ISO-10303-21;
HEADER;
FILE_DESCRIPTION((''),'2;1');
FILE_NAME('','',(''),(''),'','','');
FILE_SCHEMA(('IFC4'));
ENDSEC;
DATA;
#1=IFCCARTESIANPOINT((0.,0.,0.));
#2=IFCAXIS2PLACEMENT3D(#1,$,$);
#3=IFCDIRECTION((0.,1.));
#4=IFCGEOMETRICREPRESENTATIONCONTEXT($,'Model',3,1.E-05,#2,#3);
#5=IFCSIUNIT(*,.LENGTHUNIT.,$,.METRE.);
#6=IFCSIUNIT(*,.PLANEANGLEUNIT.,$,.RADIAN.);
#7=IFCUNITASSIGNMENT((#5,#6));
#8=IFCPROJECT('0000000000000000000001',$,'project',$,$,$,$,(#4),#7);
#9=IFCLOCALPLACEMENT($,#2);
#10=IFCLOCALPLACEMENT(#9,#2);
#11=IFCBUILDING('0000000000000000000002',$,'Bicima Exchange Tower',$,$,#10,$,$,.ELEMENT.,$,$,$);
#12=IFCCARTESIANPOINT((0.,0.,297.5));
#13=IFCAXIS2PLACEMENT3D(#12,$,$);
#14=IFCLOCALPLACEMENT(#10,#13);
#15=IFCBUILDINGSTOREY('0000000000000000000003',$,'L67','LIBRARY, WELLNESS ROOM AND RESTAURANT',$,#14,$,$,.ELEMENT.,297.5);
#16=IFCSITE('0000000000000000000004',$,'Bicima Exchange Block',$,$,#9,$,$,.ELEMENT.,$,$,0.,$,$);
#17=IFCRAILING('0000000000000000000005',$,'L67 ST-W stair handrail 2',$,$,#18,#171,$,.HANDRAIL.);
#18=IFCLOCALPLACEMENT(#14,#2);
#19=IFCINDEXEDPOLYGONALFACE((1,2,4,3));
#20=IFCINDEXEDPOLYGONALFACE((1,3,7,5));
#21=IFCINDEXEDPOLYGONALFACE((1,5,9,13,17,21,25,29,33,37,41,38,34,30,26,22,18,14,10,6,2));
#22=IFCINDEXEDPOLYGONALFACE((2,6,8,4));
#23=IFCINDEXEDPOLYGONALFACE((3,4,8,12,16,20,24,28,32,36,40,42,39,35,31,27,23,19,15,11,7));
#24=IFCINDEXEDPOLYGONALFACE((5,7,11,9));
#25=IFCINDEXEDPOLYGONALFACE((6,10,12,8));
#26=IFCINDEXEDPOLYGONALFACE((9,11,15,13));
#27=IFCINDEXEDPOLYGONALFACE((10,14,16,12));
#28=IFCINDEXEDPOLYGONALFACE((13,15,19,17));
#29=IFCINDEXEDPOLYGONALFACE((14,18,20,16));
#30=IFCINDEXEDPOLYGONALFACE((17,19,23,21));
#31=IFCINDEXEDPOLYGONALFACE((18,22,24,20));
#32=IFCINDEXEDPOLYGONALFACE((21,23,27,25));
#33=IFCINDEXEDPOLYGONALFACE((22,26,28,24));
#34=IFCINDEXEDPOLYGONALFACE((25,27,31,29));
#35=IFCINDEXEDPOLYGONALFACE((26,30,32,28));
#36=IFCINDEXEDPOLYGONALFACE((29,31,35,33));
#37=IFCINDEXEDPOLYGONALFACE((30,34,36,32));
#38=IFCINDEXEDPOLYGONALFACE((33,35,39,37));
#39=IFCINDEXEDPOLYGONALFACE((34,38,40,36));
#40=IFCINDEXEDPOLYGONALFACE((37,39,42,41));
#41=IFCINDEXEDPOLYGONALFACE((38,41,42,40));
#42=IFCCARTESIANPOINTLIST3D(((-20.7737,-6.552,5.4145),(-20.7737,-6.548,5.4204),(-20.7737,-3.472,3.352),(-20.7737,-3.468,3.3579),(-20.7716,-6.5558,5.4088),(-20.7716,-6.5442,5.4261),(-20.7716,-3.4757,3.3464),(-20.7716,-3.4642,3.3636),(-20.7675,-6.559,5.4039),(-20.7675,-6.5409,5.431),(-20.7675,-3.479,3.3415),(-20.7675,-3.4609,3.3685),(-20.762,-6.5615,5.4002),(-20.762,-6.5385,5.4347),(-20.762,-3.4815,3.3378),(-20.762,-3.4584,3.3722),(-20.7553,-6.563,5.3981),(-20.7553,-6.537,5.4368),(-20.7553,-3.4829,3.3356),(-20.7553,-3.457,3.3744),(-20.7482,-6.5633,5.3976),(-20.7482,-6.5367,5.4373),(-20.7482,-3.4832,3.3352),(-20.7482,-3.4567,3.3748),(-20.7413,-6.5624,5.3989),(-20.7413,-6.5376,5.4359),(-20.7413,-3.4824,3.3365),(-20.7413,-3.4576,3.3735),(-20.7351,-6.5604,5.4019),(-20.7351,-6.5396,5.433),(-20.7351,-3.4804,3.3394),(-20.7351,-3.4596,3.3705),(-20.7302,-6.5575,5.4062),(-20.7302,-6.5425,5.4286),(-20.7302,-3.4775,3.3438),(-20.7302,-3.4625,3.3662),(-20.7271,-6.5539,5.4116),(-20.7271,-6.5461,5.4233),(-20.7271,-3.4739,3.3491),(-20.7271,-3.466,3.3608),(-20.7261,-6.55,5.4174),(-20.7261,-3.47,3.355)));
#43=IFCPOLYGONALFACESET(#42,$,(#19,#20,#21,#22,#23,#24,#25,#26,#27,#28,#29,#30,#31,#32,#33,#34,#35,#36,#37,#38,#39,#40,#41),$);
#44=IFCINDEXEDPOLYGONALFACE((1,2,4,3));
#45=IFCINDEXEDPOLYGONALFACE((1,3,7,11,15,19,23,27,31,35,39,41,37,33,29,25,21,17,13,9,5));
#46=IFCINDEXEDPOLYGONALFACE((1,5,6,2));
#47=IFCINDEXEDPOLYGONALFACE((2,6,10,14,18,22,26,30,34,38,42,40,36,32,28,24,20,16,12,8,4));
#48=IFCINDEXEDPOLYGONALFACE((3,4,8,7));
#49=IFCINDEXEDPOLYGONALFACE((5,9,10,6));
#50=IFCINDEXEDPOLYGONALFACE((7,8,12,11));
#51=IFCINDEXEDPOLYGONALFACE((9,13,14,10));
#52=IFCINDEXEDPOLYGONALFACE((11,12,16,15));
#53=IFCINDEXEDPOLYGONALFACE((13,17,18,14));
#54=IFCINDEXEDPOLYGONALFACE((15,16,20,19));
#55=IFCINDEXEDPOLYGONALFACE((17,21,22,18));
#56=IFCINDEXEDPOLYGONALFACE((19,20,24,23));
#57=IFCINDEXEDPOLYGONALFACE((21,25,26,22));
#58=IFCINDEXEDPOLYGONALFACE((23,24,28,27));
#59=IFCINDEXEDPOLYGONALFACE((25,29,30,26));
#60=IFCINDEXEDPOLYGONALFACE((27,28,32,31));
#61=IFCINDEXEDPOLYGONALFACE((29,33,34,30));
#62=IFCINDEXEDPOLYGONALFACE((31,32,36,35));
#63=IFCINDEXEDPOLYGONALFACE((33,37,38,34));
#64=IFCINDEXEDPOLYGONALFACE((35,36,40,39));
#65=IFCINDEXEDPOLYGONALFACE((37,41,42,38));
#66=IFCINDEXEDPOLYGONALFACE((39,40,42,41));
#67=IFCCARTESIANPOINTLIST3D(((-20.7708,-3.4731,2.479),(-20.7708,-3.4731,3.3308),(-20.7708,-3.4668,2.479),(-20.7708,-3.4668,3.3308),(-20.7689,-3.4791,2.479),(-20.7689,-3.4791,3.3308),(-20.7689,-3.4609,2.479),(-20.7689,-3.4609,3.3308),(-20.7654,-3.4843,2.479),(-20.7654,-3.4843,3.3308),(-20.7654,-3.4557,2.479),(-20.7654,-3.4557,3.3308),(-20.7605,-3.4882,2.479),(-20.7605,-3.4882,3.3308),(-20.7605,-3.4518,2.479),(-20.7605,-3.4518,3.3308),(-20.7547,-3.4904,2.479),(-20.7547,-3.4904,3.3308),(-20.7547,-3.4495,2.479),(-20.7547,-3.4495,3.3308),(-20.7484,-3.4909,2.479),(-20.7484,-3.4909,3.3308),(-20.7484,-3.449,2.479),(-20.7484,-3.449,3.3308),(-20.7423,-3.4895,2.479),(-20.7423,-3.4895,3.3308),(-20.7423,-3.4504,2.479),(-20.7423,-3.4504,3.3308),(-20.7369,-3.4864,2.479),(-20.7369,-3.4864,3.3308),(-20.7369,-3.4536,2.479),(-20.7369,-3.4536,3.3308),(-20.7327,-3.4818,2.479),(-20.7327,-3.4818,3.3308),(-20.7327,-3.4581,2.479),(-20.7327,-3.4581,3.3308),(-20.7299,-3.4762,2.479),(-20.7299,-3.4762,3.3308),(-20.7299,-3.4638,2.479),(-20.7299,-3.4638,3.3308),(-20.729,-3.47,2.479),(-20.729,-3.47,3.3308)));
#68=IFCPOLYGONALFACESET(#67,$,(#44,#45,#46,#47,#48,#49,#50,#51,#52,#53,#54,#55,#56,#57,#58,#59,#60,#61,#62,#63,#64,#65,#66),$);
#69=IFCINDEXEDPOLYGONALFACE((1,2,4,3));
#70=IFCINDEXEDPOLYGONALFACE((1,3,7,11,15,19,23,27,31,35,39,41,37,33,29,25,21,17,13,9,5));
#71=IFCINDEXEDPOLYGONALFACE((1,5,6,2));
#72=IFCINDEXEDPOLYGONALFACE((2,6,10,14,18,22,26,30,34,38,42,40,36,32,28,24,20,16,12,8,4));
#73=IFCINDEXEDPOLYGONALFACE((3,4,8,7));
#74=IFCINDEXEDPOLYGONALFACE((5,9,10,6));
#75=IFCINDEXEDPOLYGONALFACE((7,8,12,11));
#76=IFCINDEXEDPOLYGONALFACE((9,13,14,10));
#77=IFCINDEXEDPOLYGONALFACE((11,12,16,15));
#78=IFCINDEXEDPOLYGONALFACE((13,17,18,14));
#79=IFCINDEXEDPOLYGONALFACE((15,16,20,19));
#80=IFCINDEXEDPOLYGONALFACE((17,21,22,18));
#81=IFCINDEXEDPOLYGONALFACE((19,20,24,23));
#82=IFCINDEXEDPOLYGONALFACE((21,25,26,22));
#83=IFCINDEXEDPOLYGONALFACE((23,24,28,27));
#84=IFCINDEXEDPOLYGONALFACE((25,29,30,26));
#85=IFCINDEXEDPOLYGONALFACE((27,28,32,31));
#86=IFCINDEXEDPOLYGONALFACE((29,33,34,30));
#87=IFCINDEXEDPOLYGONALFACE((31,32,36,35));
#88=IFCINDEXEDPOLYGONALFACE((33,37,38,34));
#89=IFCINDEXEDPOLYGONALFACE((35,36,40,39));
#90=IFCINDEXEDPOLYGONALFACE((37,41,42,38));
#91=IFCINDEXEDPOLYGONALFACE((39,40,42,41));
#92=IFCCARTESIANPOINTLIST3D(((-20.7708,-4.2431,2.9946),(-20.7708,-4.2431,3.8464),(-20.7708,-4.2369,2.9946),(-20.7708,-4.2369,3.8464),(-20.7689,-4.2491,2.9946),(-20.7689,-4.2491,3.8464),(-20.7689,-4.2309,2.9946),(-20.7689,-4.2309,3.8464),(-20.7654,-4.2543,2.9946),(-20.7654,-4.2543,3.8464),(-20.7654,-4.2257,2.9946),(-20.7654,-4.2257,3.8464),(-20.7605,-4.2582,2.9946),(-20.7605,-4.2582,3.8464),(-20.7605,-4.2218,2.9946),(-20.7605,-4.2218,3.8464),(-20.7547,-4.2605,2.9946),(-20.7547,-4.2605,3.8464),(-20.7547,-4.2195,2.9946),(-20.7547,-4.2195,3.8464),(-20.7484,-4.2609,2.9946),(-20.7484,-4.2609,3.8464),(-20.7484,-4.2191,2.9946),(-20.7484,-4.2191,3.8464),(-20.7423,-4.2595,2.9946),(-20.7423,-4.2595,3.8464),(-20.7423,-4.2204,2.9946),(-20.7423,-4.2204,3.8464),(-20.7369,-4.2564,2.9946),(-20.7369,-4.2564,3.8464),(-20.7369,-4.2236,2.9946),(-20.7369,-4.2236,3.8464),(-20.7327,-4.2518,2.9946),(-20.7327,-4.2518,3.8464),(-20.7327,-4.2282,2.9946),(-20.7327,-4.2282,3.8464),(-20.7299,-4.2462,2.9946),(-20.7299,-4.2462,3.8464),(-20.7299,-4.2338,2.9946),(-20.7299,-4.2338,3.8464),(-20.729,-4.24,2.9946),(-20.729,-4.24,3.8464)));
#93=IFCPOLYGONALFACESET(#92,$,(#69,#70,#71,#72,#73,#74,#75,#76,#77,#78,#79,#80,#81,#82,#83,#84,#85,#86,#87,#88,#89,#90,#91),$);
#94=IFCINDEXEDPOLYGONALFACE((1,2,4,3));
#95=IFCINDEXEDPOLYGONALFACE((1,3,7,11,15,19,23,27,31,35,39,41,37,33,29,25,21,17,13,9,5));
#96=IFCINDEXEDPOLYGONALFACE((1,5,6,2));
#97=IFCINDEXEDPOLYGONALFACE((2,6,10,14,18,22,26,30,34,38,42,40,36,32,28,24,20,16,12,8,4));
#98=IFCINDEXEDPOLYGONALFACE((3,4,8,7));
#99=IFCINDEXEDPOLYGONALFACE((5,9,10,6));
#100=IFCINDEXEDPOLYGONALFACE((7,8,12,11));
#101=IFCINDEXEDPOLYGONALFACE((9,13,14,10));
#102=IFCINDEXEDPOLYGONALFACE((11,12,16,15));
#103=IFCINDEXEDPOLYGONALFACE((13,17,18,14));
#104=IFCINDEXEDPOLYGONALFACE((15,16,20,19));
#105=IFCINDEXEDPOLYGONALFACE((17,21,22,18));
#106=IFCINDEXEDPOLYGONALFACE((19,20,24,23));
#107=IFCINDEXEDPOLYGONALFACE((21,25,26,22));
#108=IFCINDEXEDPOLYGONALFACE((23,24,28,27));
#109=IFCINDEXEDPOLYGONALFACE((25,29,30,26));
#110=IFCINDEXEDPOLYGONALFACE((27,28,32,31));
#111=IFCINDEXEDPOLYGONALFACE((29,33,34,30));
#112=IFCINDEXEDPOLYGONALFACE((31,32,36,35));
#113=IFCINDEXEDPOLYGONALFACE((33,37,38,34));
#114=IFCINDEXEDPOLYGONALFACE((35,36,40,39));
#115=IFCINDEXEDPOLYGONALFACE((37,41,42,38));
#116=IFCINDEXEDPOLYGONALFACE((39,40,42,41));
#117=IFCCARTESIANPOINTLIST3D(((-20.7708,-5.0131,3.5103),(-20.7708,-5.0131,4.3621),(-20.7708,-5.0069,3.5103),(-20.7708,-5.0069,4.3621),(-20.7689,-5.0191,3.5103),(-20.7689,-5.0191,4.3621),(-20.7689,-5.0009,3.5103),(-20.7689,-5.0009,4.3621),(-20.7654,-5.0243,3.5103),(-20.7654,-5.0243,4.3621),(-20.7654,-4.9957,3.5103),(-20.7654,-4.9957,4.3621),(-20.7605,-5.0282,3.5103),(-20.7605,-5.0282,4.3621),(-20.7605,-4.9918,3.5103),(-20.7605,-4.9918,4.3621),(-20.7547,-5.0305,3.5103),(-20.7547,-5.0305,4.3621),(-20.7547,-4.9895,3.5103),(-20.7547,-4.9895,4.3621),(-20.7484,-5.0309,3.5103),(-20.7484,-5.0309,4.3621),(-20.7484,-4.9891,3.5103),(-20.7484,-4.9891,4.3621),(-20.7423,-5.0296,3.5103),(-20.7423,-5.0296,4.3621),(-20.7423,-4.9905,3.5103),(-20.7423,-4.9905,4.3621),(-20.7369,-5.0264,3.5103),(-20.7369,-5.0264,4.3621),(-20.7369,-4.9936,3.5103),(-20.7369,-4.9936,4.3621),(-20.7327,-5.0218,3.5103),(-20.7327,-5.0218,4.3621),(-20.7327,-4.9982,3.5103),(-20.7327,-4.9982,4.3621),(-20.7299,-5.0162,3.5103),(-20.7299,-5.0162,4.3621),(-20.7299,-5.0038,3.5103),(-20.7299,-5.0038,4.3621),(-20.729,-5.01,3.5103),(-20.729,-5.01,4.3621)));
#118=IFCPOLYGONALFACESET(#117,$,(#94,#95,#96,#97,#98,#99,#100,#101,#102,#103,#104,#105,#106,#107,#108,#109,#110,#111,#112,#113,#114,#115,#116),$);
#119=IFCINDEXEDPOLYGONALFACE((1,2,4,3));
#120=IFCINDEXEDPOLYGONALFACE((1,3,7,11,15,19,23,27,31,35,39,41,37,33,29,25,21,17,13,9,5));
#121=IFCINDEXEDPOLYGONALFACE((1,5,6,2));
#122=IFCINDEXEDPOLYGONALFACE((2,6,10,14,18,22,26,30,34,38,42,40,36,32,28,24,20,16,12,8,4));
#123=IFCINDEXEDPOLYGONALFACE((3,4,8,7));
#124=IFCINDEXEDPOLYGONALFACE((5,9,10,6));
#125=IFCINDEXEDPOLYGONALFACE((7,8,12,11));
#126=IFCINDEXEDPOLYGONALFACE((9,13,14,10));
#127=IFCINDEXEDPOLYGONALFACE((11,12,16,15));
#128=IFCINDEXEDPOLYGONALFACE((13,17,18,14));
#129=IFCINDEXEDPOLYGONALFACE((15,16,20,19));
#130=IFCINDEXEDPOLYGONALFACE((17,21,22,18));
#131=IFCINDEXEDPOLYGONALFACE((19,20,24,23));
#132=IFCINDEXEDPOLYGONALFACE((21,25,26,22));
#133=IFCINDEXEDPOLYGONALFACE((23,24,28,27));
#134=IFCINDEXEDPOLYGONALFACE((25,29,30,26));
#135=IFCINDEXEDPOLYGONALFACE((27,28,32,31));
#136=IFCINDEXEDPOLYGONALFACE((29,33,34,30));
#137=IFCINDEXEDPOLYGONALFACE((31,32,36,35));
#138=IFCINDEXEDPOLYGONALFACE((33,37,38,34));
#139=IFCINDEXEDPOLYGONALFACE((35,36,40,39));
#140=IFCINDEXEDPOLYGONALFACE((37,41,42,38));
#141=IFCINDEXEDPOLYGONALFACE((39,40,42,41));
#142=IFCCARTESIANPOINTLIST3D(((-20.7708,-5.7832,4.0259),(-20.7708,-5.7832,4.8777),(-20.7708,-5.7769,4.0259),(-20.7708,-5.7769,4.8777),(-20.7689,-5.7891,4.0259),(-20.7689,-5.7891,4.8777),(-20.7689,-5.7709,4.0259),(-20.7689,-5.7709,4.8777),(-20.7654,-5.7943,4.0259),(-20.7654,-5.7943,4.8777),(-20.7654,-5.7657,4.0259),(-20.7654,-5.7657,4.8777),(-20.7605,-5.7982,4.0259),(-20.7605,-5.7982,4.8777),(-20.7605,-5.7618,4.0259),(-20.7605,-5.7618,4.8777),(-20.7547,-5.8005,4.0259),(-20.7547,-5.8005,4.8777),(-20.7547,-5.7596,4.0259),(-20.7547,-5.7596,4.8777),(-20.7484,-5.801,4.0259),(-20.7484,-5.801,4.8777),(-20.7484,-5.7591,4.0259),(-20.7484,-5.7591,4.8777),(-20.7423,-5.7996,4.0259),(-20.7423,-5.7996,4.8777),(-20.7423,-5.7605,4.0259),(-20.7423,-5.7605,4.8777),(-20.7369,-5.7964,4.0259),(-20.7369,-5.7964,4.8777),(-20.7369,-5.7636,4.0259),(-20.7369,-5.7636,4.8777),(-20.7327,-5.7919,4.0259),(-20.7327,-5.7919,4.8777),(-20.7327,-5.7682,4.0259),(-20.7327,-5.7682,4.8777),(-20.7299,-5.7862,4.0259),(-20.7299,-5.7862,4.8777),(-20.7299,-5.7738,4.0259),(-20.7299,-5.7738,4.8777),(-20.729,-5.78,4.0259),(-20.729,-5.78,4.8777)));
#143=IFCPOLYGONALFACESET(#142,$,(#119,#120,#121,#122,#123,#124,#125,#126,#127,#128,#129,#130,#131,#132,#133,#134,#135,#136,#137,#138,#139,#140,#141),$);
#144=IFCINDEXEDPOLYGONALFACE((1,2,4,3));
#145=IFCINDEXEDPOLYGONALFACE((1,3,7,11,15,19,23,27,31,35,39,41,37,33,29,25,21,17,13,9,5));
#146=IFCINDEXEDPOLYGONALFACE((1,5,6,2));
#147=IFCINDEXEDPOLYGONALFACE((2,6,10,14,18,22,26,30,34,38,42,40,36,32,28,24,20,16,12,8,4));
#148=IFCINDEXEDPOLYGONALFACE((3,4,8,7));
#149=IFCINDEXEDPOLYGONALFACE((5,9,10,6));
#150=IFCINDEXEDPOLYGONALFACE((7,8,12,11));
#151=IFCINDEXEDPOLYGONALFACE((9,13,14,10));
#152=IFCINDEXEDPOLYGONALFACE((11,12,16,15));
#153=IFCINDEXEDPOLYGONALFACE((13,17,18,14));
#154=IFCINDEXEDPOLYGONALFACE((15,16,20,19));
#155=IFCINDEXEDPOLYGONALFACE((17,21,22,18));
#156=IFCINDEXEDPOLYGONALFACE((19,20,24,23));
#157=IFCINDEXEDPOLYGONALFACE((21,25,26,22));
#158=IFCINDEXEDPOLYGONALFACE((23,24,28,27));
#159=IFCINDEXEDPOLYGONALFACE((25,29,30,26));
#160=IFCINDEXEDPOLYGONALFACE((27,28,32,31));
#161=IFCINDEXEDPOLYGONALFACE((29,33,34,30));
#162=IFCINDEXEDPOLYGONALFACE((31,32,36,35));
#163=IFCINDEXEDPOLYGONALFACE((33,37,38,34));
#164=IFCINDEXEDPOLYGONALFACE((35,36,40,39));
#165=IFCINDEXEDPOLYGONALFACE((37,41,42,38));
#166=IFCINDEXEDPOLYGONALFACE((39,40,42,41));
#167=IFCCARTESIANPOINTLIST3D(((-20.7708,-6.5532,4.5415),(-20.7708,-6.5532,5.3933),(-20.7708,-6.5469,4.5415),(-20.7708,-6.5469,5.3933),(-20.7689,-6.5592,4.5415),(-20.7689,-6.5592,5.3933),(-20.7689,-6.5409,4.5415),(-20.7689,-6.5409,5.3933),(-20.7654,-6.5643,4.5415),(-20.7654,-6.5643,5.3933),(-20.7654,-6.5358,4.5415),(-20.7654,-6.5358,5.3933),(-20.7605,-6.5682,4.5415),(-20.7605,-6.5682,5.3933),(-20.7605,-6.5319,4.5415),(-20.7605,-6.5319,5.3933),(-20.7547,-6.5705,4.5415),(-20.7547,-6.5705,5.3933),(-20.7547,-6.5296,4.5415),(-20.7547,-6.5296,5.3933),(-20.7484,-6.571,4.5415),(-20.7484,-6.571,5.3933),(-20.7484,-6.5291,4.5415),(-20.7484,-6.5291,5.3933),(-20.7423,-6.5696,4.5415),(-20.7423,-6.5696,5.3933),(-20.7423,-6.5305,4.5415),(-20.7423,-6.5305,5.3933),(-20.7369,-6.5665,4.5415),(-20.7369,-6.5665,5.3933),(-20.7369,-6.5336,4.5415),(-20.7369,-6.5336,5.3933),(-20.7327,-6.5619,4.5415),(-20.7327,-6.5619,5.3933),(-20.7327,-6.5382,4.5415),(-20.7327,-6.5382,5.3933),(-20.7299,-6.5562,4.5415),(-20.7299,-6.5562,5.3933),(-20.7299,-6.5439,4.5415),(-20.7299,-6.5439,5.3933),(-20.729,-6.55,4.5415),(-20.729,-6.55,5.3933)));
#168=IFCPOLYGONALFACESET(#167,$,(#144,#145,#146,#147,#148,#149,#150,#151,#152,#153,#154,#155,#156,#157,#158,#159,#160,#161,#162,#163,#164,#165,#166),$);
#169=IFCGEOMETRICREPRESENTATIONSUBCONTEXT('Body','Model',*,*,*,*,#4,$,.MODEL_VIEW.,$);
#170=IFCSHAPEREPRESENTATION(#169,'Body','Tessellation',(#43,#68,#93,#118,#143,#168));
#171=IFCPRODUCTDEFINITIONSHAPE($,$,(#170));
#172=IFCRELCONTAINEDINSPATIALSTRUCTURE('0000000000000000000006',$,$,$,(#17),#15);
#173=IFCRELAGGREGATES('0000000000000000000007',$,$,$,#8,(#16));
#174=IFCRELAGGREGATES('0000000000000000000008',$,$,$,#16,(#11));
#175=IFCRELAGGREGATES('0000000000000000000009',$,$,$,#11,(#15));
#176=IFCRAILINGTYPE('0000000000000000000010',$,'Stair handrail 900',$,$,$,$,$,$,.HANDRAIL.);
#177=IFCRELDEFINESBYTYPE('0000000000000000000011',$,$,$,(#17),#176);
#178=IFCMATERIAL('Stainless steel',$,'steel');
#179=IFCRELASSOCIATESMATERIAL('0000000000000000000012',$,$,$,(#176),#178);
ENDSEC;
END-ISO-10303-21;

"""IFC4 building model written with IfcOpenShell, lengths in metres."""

from ifc_helpers import new_model, si_unit, direction, frame, origin, origin_2d, place, context, subcontext, project, spatial, circle, extrude, material, type_object, element, save


model = new_model("IFC4")

# Units and contexts
model_context = context("Model", 3, precision=1e-05, world=origin(), true_north=direction((0.0, 1.0)))
body_context = subcontext(model_context, "Body", "Model", "MODEL_VIEW")
ifc_project = project(units=[si_unit("LENGTHUNIT", "METRE"), si_unit("PLANEANGLEUNIT", "RADIAN")], contexts=[model_context])

# Site, building, storey
site_placement = place(None, origin())
site = spatial("IfcSite", under=ifc_project, at=site_placement, Name="Bicima Exchange Block", CompositionType="ELEMENT", RefElevation=0.0)
building_placement = place(site_placement, origin())
building = spatial("IfcBuilding", under=site, at=building_placement, Name="Bicima Exchange Tower", CompositionType="ELEMENT")
storey_placement = place(building_placement, frame((0.0, 0.0, 297.5)))
storey = spatial("IfcBuildingStorey", under=building, at=storey_placement, Name="L67", Description="LIBRARY, WELLNESS ROOM AND RESTAURANT", CompositionType="ELEMENT", Elevation=297.5)

# Shared definitions
ifc_material_1 = material(Name="Stainless steel", Category="steel")

# Railing
railing_type_1 = type_object("IfcRailingType", Name="Stair handrail 900", PredefinedType="HANDRAIL", material=ifc_material_1)
railing_1_placement = place(storey_placement, frame((-20.75, -3.47, 2.479)))
element("IfcRailing", 1, at=railing_1_placement, inside=storey, type_object=railing_type_1, Name="L67 ST-W stair handrail 2", PredefinedType="HANDRAIL", context=body_context, shape_type="SweptSolid", body=[
    extrude(circle(Radius=0.0239, at=origin_2d()), frame((0.0, 0.0, 0.876), z_axis=(0.0, -0.830914, 0.556401), x_axis=(1.0, 0.0, 0.0)), (0.0, 0.0, 1.0), 3.7068),
    extrude(circle(Radius=0.021, at=origin_2d()), origin(), (0.0, 0.0, 1.0), 0.8518),
    extrude(circle(Radius=0.021, at=origin_2d()), frame((0.0, -0.77, 0.5156)), (0.0, 0.0, 1.0), 0.8518),
    extrude(circle(Radius=0.021, at=origin_2d()), frame((0.0, -1.54, 1.0312)), (0.0, 0.0, 1.0), 0.8518),
    extrude(circle(Radius=0.021, at=origin_2d()), frame((0.0, -2.3101, 1.5469)), (0.0, 0.0, 1.0), 0.8518),
    extrude(circle(Radius=0.021, at=origin_2d()), frame((0.0, -3.0801, 2.0625)), (0.0, 0.0, 1.0), 0.8518),
])

save(model, "model.ifc")
